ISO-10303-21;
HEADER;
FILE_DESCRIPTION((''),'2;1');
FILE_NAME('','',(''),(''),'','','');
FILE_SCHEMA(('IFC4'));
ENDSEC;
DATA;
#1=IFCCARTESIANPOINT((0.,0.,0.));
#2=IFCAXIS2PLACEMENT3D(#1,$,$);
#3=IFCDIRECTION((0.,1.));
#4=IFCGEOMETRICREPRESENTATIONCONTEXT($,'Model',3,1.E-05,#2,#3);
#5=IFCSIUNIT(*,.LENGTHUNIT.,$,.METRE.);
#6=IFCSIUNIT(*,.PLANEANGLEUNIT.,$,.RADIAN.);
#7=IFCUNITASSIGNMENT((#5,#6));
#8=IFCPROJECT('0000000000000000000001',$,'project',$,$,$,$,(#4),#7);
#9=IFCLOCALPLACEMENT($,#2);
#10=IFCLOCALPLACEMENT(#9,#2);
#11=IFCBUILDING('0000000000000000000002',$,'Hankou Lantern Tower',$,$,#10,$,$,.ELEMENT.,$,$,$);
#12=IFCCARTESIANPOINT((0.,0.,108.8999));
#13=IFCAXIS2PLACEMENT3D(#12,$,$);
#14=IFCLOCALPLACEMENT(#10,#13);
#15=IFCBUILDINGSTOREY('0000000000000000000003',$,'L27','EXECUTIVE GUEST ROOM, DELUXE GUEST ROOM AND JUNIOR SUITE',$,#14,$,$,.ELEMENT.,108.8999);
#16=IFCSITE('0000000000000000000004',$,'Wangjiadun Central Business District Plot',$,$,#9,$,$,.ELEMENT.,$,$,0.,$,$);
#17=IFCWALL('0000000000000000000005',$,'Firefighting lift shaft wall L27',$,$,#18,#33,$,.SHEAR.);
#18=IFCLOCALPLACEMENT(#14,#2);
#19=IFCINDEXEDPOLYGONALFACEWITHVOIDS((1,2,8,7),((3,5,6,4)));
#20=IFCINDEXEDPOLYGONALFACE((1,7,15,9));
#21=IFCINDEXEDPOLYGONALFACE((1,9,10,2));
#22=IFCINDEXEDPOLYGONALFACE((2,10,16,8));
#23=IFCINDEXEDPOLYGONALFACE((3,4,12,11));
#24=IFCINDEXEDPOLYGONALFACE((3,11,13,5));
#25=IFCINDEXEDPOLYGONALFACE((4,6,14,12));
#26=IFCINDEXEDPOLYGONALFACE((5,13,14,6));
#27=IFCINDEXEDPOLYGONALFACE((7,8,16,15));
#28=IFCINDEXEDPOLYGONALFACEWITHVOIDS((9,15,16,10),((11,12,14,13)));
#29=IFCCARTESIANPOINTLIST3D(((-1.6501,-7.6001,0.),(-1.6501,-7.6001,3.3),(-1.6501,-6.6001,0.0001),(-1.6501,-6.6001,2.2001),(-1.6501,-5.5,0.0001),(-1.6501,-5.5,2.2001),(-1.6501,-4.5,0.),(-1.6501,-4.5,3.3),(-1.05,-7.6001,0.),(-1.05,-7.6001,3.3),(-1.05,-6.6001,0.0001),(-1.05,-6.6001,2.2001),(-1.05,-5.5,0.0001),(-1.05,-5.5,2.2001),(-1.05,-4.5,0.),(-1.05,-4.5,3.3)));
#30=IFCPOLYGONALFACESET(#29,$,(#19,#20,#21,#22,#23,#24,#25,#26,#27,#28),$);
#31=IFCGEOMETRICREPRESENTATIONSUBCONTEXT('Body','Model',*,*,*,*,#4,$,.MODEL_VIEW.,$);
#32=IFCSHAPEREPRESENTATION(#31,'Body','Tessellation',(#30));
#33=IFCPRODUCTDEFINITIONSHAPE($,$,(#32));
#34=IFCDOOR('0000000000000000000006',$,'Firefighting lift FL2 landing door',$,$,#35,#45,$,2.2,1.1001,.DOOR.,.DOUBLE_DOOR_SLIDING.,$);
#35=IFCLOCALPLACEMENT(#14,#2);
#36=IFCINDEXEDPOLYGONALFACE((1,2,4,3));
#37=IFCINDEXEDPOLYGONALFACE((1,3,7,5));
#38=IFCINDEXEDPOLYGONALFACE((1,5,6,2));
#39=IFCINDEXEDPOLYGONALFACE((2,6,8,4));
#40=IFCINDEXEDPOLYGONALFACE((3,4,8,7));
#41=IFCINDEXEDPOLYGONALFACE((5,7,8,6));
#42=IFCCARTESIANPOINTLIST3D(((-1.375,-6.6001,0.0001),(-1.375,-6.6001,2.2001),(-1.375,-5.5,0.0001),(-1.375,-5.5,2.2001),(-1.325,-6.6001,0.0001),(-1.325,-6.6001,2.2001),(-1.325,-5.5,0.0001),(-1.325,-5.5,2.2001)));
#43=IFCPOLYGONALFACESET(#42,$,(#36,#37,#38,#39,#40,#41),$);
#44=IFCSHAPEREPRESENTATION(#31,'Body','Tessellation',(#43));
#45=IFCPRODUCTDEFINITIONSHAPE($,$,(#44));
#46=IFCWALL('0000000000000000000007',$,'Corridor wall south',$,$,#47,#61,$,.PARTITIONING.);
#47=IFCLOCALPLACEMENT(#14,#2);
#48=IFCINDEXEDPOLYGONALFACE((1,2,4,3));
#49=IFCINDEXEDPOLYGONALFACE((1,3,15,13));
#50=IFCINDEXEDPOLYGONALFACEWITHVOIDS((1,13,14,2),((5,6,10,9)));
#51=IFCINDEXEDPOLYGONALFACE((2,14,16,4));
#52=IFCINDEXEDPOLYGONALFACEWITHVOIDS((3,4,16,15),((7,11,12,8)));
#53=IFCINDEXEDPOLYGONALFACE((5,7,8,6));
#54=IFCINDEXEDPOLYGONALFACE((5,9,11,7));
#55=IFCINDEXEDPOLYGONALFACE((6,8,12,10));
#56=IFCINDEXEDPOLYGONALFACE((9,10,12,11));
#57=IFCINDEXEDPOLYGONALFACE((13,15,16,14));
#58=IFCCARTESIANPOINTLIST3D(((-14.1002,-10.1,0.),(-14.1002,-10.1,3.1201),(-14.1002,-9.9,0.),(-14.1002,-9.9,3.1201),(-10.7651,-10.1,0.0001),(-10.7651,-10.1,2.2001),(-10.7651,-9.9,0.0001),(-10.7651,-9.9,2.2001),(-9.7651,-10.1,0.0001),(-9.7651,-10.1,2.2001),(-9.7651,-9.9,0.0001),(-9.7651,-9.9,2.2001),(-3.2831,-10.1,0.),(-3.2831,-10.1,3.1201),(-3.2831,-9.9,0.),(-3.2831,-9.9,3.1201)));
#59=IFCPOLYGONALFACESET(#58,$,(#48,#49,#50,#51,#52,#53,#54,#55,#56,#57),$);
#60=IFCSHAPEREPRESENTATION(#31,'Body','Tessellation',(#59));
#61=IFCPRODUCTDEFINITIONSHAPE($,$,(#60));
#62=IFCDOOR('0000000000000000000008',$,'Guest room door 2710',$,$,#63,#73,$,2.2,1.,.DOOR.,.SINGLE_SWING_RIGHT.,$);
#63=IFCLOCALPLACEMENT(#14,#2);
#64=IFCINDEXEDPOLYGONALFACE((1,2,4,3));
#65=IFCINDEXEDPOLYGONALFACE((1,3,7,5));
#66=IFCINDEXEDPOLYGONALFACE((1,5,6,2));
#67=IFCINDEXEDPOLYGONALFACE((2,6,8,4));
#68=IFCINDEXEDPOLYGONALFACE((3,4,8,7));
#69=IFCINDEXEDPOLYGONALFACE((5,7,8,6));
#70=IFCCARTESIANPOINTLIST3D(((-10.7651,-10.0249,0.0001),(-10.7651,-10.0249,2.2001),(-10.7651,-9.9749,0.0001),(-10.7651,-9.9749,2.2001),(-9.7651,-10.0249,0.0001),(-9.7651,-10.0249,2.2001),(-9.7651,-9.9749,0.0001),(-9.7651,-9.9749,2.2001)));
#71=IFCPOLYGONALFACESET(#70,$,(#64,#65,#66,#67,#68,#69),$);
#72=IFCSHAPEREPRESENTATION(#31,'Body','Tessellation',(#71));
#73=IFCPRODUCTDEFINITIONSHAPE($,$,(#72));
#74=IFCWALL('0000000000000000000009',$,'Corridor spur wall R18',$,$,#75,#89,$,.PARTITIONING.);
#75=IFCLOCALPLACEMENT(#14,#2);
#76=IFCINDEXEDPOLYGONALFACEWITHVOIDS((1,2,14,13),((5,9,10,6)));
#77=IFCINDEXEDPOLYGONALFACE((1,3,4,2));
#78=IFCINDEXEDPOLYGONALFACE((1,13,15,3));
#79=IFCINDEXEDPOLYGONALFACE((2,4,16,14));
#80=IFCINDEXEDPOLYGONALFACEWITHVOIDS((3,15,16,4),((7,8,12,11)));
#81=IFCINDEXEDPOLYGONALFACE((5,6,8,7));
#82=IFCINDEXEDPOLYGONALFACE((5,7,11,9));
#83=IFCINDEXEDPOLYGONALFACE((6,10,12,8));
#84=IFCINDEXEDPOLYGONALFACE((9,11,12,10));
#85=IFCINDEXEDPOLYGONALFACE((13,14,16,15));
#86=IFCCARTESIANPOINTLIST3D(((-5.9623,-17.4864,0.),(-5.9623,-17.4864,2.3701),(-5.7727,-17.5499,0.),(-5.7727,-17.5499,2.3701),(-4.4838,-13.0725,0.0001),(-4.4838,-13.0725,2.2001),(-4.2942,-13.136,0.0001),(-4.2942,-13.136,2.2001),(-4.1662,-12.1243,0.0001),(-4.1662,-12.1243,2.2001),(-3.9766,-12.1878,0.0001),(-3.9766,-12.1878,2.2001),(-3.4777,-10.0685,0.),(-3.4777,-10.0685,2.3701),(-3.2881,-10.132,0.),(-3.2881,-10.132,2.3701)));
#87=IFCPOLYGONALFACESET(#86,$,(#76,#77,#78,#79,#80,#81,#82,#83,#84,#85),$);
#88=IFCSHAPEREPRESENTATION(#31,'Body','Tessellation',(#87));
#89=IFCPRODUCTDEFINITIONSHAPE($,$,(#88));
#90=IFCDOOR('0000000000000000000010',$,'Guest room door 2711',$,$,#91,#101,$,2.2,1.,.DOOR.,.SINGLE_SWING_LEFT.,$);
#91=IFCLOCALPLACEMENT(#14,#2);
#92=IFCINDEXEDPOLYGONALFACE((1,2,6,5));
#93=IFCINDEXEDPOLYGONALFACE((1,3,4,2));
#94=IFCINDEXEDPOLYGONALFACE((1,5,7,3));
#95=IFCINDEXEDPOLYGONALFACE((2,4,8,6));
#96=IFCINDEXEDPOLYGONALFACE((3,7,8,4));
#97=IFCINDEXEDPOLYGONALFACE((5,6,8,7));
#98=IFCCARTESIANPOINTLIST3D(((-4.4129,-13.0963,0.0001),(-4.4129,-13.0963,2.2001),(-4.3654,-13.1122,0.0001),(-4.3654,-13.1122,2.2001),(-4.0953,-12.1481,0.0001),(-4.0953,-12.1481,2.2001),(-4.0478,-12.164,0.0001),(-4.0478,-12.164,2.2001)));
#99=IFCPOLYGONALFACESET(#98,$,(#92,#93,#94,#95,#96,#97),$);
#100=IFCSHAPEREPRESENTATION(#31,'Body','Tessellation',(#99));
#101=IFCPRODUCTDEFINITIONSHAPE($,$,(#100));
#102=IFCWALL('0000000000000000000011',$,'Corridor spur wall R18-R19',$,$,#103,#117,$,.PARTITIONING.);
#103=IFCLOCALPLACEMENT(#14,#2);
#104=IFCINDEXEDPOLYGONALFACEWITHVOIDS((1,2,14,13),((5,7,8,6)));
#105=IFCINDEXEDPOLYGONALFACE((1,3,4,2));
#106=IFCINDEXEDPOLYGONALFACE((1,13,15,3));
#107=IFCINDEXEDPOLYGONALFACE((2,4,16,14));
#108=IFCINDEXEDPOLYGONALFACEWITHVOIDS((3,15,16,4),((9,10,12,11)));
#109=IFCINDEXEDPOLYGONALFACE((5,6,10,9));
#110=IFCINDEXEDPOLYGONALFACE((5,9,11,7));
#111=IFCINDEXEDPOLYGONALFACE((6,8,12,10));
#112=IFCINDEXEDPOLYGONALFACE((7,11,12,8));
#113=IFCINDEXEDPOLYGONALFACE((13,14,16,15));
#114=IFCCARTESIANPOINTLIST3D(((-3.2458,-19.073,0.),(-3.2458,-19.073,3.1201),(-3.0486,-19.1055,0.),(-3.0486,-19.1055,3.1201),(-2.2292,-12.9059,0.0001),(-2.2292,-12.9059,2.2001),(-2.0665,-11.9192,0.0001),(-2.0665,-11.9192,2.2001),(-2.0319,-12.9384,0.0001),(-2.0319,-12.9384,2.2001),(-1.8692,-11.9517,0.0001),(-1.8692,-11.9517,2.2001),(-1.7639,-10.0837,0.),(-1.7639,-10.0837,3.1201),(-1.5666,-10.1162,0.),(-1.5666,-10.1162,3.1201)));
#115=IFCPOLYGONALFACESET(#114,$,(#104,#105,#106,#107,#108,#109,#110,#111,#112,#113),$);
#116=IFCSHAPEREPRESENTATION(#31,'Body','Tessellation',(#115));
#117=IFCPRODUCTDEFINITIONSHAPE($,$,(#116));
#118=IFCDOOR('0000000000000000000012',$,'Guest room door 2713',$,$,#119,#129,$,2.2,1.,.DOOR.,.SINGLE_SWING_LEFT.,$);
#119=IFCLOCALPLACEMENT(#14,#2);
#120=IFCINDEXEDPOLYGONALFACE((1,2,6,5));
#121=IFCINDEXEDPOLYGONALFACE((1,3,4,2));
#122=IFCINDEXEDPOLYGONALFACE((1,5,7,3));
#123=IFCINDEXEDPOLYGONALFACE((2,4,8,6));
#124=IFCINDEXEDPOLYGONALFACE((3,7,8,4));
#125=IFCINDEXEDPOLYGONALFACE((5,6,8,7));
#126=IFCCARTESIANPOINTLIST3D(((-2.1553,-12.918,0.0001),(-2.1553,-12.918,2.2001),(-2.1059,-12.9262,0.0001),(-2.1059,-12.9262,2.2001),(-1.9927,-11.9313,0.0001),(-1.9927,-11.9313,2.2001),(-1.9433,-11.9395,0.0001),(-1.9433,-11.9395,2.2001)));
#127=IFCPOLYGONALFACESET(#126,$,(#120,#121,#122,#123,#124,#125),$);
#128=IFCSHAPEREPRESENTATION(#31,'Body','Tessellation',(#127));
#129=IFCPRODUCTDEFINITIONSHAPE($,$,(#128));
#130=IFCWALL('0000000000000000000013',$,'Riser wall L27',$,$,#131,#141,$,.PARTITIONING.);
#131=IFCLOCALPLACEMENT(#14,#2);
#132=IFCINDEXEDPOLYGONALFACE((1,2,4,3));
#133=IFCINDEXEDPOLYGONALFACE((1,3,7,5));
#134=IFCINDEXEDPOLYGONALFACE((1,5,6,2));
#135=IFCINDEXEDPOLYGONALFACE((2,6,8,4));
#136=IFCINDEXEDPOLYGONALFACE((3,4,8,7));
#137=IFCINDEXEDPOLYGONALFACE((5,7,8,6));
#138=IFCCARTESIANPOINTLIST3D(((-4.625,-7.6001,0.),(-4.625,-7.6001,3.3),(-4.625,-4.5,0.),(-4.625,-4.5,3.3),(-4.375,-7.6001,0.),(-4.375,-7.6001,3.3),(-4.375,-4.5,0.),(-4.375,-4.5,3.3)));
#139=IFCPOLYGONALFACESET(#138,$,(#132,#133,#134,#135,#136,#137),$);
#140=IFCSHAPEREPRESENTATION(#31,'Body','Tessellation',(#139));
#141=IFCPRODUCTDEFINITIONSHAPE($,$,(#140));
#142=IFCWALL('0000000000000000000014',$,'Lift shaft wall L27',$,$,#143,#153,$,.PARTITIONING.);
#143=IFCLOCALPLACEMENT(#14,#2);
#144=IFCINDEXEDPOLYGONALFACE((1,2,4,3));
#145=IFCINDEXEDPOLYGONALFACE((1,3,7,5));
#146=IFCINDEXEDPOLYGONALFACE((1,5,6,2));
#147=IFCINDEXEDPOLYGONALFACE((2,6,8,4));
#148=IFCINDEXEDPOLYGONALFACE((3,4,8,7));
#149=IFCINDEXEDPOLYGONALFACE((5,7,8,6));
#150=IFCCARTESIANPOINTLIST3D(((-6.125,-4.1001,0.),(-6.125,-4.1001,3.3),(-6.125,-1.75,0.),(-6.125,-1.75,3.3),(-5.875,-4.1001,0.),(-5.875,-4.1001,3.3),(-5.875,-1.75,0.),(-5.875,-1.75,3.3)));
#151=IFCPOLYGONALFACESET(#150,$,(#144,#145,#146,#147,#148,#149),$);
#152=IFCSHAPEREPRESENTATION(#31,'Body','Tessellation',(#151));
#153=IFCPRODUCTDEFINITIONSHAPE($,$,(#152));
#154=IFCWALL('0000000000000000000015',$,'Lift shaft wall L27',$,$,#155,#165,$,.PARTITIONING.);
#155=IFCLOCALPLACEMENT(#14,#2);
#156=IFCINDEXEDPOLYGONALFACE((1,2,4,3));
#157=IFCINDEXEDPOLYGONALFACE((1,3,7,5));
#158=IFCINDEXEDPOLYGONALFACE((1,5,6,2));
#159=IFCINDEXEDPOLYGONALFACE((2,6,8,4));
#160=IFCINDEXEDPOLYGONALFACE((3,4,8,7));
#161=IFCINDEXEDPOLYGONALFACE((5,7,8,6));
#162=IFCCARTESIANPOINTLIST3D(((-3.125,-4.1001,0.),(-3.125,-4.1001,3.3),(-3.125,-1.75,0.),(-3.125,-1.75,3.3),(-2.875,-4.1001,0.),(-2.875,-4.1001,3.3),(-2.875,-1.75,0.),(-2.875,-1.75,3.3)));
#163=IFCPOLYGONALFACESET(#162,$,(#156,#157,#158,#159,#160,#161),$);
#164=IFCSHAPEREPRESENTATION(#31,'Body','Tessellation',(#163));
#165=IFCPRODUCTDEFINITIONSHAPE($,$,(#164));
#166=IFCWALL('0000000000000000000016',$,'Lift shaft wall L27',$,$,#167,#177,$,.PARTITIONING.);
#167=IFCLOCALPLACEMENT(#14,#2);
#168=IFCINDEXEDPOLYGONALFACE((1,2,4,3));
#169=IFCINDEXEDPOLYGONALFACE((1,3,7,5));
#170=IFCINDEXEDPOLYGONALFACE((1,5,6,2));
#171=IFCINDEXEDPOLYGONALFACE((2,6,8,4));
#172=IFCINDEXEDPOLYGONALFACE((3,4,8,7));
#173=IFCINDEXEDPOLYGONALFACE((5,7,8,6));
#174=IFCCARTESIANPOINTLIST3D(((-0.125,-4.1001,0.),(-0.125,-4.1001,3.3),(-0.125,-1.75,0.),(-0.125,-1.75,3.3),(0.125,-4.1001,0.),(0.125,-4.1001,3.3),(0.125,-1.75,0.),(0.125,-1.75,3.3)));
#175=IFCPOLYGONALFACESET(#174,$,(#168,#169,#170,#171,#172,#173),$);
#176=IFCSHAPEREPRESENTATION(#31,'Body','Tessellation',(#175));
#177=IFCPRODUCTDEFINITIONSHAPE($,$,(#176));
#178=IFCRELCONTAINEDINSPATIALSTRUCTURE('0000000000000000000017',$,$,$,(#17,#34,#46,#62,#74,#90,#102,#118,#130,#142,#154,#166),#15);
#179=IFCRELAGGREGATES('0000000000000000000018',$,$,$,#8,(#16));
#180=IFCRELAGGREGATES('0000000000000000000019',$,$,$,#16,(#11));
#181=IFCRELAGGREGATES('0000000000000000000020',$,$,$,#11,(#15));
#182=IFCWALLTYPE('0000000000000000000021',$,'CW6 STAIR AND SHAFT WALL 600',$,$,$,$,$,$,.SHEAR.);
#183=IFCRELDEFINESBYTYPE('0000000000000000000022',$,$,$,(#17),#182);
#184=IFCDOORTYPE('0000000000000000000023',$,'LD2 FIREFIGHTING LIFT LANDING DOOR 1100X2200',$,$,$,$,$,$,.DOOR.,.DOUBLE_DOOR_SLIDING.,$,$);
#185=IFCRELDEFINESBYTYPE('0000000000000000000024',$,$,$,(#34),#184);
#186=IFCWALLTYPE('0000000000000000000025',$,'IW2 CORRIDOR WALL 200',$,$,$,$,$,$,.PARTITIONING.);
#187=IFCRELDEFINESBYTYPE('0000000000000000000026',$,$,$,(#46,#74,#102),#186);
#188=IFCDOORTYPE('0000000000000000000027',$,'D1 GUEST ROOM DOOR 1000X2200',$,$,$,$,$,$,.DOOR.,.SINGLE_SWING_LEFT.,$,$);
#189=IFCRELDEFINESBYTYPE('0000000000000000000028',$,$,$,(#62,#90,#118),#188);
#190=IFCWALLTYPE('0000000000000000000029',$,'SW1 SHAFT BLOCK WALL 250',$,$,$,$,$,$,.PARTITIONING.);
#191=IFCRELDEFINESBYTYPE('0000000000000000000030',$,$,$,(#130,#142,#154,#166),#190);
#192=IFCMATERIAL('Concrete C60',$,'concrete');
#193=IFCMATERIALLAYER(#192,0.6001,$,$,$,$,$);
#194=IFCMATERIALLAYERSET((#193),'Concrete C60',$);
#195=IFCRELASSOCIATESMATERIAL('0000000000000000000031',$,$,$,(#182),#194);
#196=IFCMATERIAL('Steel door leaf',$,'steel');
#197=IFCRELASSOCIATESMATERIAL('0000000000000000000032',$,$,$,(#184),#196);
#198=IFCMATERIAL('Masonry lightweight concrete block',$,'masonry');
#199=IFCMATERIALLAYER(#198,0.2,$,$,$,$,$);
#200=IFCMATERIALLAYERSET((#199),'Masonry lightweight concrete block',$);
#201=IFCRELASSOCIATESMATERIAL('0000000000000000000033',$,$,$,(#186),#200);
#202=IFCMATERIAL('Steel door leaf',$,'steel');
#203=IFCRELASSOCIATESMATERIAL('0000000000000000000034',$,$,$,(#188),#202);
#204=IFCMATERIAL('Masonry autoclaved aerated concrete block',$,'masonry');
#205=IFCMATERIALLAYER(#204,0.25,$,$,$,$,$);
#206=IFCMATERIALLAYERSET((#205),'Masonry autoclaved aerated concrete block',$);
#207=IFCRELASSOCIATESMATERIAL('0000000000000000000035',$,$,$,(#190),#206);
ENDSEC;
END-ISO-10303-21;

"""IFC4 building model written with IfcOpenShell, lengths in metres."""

from ifc_helpers import new_model, si_unit, direction, frame, frame_2d, origin, place, context, subcontext, project, spatial, rectangle, extrude, material, layer, layer_set, type_object, element, fill, save


model = new_model("IFC4")

# Units and contexts
model_context = context("Model", 3, precision=1e-05, world=origin(), true_north=direction((0.0, 1.0)))
body_context = subcontext(model_context, "Body", "Model", "MODEL_VIEW")
ifc_project = project(units=[si_unit("LENGTHUNIT", "METRE"), si_unit("PLANEANGLEUNIT", "RADIAN")], contexts=[model_context])

# Site, building, storey
site_placement = place(None, origin())
site = spatial("IfcSite", under=ifc_project, at=site_placement, Name="Wangjiadun Central Business District Plot", CompositionType="ELEMENT", RefElevation=0.0)
building_placement = place(site_placement, origin())
building = spatial("IfcBuilding", under=site, at=building_placement, Name="Hankou Lantern Tower", CompositionType="ELEMENT")
storey_placement = place(building_placement, frame((0.0, 0.0, 108.8999)))
storey = spatial("IfcBuildingStorey", under=building, at=storey_placement, Name="L27", Description="EXECUTIVE GUEST ROOM, DELUXE GUEST ROOM AND JUNIOR SUITE", CompositionType="ELEMENT", Elevation=108.8999)

# Walls, openings, doors
ifc_material_1 = material(Name="Concrete C60", Category="concrete")
ifc_layer_1 = layer(ifc_material_1, 0.6001)
ifc_layer_set_1 = layer_set([ifc_layer_1], Name="Concrete C60")
wall_type_1 = type_object("IfcWallType", Name="CW6 STAIR AND SHAFT WALL 600", PredefinedType="SHEAR", material=ifc_layer_set_1)
wall_1_placement = place(storey_placement, frame((-1.3501, -7.6001, 0.0), z_axis=(0.0, 0.0, 1.0), x_axis=(0.0, 1.0, 0.0)))
wall_1 = element("IfcWall", 1, at=wall_1_placement, inside=storey, type_object=wall_type_1, Name="Firefighting lift shaft wall L27", PredefinedType="SHEAR", context=body_context, shape_type="SweptSolid", body=[
    extrude(rectangle(XDim=3.1001, YDim=0.6001, at=frame_2d((1.55, 0.0))), origin(), (0.0, 0.0, 1.0), 3.3),
])
opening_1_placement = place(wall_1_placement, frame((1.0, 0.0, 0.0)))
opening_1 = element("IfcOpeningElement", 2, at=opening_1_placement, cuts=wall_1, PredefinedType="OPENING", context=body_context, shape_type="SweptSolid", body=[
    extrude(rectangle(XDim=1.1001, YDim=2.2, at=frame_2d((0.55, 1.1001))), frame((0.0, 0.3101, 0.0), z_axis=(0.0, -1.0, 0.0), x_axis=(1.0, 0.0, 0.0)), (0.0, 0.0, 1.0), 0.6201),
])
ifc_material_2 = material(Name="Steel door leaf", Category="steel")
door_type_1 = type_object("IfcDoorType", Name="LD2 FIREFIGHTING LIFT LANDING DOOR 1100X2200", OperationType="DOUBLE_DOOR_SLIDING", PredefinedType="DOOR", material=ifc_material_2)
door_1_placement = place(opening_1_placement, origin())
door_1 = element("IfcDoor", 3, at=door_1_placement, inside=storey, type_object=door_type_1, Name="Firefighting lift FL2 landing door", OperationType="DOUBLE_DOOR_SLIDING", OverallHeight=2.2, OverallWidth=1.1001, PredefinedType="DOOR", context=body_context, shape_type="SweptSolid", body=[
    extrude(rectangle(XDim=1.1001, YDim=2.2, at=frame_2d((0.55, 1.1001))), frame((0.0, 0.0249, 0.0), z_axis=(0.0, -1.0, 0.0), x_axis=(1.0, 0.0, 0.0)), (0.0, 0.0, 1.0), 0.05),
])
fill(opening_1, door_1)
ifc_material_3 = material(Name="Masonry lightweight concrete block", Category="masonry")
ifc_layer_2 = layer(ifc_material_3, 0.2)
ifc_layer_set_2 = layer_set([ifc_layer_2], Name="Masonry lightweight concrete block")
wall_type_2 = type_object("IfcWallType", Name="IW2 CORRIDOR WALL 200", PredefinedType="PARTITIONING", material=ifc_layer_set_2)
wall_2_placement = place(storey_placement, frame((-3.283, -10.0, 0.0), z_axis=(0.0, 0.0, 1.0), x_axis=(-1.0, 0.0, 0.0)))
wall_2 = element("IfcWall", 4, at=wall_2_placement, inside=storey, type_object=wall_type_2, Name="Corridor wall south", PredefinedType="PARTITIONING", context=body_context, shape_type="SweptSolid", body=[
    extrude(rectangle(XDim=10.8171, YDim=0.2, at=frame_2d((5.4087, 0.0))), origin(), (0.0, 0.0, 1.0), 3.1201),
])
opening_2_placement = place(wall_2_placement, frame((6.4822, 0.0, 0.0)))
opening_2 = element("IfcOpeningElement", 5, at=opening_2_placement, cuts=wall_2, PredefinedType="OPENING", context=body_context, shape_type="SweptSolid", body=[
    extrude(rectangle(XDim=1.0, YDim=2.2, at=frame_2d((0.5, 1.1001))), frame((0.0, 0.1099, 0.0), z_axis=(0.0, -1.0, 0.0), x_axis=(1.0, 0.0, 0.0)), (0.0, 0.0, 1.0), 0.22),
])
ifc_material_4 = material(Name="Steel door leaf", Category="steel")
door_type_2 = type_object("IfcDoorType", Name="D1 GUEST ROOM DOOR 1000X2200", OperationType="SINGLE_SWING_LEFT", PredefinedType="DOOR", material=ifc_material_4)
door_2_placement = place(opening_2_placement, origin())
door_2 = element("IfcDoor", 6, at=door_2_placement, inside=storey, type_object=door_type_2, Name="Guest room door 2710", OperationType="SINGLE_SWING_RIGHT", OverallHeight=2.2, OverallWidth=1.0, PredefinedType="DOOR", context=body_context, shape_type="SweptSolid", body=[
    extrude(rectangle(XDim=1.0, YDim=2.2, at=frame_2d((0.5, 1.1001))), frame((0.0, 0.0249, 0.0), z_axis=(0.0, -1.0, 0.0), x_axis=(1.0, 0.0, 0.0)), (0.0, 0.0, 1.0), 0.05),
])
fill(opening_2, door_2)
wall_3_placement = place(storey_placement, frame((-3.3828, -10.1001, 0.0), z_axis=(0.0, 0.0, 1.0), x_axis=(-0.317604, -0.948224, 0.0)))
wall_3 = element("IfcWall", 7, at=wall_3_placement, inside=storey, type_object=wall_type_2, Name="Corridor spur wall R18", PredefinedType="PARTITIONING", context=body_context, shape_type="SweptSolid", body=[
    extrude(rectangle(XDim=7.823, YDim=0.2, at=frame_2d((3.9116, 0.0))), origin(), (0.0, 0.0, 1.0), 2.3701),
])
opening_3_placement = place(wall_3_placement, frame((2.1682, 0.0, 0.0)))
opening_3 = element("IfcOpeningElement", 8, at=opening_3_placement, cuts=wall_3, PredefinedType="OPENING", context=body_context, shape_type="SweptSolid", body=[
    extrude(rectangle(XDim=1.0, YDim=2.2, at=frame_2d((0.5, 1.1001))), frame((0.0, 0.1099, 0.0), z_axis=(0.0, -1.0, 0.0), x_axis=(1.0, 0.0, 0.0)), (0.0, 0.0, 1.0), 0.22),
])
door_3_placement = place(opening_3_placement, origin())
door_3 = element("IfcDoor", 9, at=door_3_placement, inside=storey, type_object=door_type_2, Name="Guest room door 2711", OperationType="SINGLE_SWING_LEFT", OverallHeight=2.2, OverallWidth=1.0, PredefinedType="DOOR", context=body_context, shape_type="SweptSolid", body=[
    extrude(rectangle(XDim=1.0, YDim=2.2, at=frame_2d((0.5, 1.1001))), frame((0.0, 0.0249, 0.0), z_axis=(0.0, -1.0, 0.0), x_axis=(1.0, 0.0, 0.0)), (0.0, 0.0, 1.0), 0.05),
])
fill(opening_3, door_3)
wall_4_placement = place(storey_placement, frame((-1.6653, -10.1001, 0.0), z_axis=(0.0, 0.0, 1.0), x_axis=(-0.162661, -0.986682, 0.0)))
wall_4 = element("IfcWall", 10, at=wall_4_placement, inside=storey, type_object=wall_type_2, Name="Corridor spur wall R18-R19", PredefinedType="PARTITIONING", context=body_context, shape_type="SweptSolid", body=[
    extrude(rectangle(XDim=9.1106, YDim=0.2, at=frame_2d((4.5552, 0.0))), origin(), (0.0, 0.0, 1.0), 3.1201),
])
opening_4_placement = place(wall_4_placement, frame((1.8601, 0.0, 0.0)))
opening_4 = element("IfcOpeningElement", 11, at=opening_4_placement, cuts=wall_4, PredefinedType="OPENING", context=body_context, shape_type="SweptSolid", body=[
    extrude(rectangle(XDim=1.0, YDim=2.2, at=frame_2d((0.5, 1.1001))), frame((0.0, 0.1099, 0.0), z_axis=(0.0, -1.0, 0.0), x_axis=(1.0, 0.0, 0.0)), (0.0, 0.0, 1.0), 0.22),
])
door_4_placement = place(opening_4_placement, origin())
door_4 = element("IfcDoor", 12, at=door_4_placement, inside=storey, type_object=door_type_2, Name="Guest room door 2713", OperationType="SINGLE_SWING_LEFT", OverallHeight=2.2, OverallWidth=1.0, PredefinedType="DOOR", context=body_context, shape_type="SweptSolid", body=[
    extrude(rectangle(XDim=1.0, YDim=2.2, at=frame_2d((0.5, 1.1001))), frame((0.0, 0.0249, 0.0), z_axis=(0.0, -1.0, 0.0), x_axis=(1.0, 0.0, 0.0)), (0.0, 0.0, 1.0), 0.05),
])
fill(opening_4, door_4)

# Walls
ifc_material_5 = material(Name="Masonry autoclaved aerated concrete block", Category="masonry")
ifc_layer_3 = layer(ifc_material_5, 0.25)
ifc_layer_set_3 = layer_set([ifc_layer_3], Name="Masonry autoclaved aerated concrete block")
wall_type_3 = type_object("IfcWallType", Name="SW1 SHAFT BLOCK WALL 250", PredefinedType="PARTITIONING", material=ifc_layer_set_3)
wall_5_placement = place(storey_placement, frame((-4.5, -7.6001, 0.0), z_axis=(0.0, 0.0, 1.0), x_axis=(0.0, 1.0, 0.0)))
element("IfcWall", 13, at=wall_5_placement, inside=storey, type_object=wall_type_3, Name="Riser wall L27", PredefinedType="PARTITIONING", context=body_context, shape_type="SweptSolid", body=[
    extrude(rectangle(XDim=3.1001, YDim=0.25, at=frame_2d((1.55, 0.0))), origin(), (0.0, 0.0, 1.0), 3.3),
])
for number, where, z_axis, x_axis, name in (
    (14, (-6.0, -4.1001, 0.0), (0.0, 0.0, 1.0), (0.0, 1.0, 0.0), "Lift shaft wall L27"),
    (15, (-3.0, -4.1001, 0.0), (0.0, 0.0, 1.0), (0.0, 1.0, 0.0), "Lift shaft wall L27"),
    (16, (0.0, -4.1001, 0.0), (0.0, 0.0, 1.0), (0.0, 1.0, 0.0), "Lift shaft wall L27"),
):
    element("IfcWall", number, at=place(storey_placement, frame(where, z_axis=z_axis, x_axis=x_axis)), inside=storey, type_object=wall_type_3, Name=name, PredefinedType="PARTITIONING", context=body_context, shape_type="SweptSolid", body=[
        extrude(rectangle(XDim=2.3501, YDim=0.25, at=frame_2d((1.175, 0.0))), origin(), (0.0, 0.0, 1.0), 3.3),
    ])

save(model, "model.ifc")
